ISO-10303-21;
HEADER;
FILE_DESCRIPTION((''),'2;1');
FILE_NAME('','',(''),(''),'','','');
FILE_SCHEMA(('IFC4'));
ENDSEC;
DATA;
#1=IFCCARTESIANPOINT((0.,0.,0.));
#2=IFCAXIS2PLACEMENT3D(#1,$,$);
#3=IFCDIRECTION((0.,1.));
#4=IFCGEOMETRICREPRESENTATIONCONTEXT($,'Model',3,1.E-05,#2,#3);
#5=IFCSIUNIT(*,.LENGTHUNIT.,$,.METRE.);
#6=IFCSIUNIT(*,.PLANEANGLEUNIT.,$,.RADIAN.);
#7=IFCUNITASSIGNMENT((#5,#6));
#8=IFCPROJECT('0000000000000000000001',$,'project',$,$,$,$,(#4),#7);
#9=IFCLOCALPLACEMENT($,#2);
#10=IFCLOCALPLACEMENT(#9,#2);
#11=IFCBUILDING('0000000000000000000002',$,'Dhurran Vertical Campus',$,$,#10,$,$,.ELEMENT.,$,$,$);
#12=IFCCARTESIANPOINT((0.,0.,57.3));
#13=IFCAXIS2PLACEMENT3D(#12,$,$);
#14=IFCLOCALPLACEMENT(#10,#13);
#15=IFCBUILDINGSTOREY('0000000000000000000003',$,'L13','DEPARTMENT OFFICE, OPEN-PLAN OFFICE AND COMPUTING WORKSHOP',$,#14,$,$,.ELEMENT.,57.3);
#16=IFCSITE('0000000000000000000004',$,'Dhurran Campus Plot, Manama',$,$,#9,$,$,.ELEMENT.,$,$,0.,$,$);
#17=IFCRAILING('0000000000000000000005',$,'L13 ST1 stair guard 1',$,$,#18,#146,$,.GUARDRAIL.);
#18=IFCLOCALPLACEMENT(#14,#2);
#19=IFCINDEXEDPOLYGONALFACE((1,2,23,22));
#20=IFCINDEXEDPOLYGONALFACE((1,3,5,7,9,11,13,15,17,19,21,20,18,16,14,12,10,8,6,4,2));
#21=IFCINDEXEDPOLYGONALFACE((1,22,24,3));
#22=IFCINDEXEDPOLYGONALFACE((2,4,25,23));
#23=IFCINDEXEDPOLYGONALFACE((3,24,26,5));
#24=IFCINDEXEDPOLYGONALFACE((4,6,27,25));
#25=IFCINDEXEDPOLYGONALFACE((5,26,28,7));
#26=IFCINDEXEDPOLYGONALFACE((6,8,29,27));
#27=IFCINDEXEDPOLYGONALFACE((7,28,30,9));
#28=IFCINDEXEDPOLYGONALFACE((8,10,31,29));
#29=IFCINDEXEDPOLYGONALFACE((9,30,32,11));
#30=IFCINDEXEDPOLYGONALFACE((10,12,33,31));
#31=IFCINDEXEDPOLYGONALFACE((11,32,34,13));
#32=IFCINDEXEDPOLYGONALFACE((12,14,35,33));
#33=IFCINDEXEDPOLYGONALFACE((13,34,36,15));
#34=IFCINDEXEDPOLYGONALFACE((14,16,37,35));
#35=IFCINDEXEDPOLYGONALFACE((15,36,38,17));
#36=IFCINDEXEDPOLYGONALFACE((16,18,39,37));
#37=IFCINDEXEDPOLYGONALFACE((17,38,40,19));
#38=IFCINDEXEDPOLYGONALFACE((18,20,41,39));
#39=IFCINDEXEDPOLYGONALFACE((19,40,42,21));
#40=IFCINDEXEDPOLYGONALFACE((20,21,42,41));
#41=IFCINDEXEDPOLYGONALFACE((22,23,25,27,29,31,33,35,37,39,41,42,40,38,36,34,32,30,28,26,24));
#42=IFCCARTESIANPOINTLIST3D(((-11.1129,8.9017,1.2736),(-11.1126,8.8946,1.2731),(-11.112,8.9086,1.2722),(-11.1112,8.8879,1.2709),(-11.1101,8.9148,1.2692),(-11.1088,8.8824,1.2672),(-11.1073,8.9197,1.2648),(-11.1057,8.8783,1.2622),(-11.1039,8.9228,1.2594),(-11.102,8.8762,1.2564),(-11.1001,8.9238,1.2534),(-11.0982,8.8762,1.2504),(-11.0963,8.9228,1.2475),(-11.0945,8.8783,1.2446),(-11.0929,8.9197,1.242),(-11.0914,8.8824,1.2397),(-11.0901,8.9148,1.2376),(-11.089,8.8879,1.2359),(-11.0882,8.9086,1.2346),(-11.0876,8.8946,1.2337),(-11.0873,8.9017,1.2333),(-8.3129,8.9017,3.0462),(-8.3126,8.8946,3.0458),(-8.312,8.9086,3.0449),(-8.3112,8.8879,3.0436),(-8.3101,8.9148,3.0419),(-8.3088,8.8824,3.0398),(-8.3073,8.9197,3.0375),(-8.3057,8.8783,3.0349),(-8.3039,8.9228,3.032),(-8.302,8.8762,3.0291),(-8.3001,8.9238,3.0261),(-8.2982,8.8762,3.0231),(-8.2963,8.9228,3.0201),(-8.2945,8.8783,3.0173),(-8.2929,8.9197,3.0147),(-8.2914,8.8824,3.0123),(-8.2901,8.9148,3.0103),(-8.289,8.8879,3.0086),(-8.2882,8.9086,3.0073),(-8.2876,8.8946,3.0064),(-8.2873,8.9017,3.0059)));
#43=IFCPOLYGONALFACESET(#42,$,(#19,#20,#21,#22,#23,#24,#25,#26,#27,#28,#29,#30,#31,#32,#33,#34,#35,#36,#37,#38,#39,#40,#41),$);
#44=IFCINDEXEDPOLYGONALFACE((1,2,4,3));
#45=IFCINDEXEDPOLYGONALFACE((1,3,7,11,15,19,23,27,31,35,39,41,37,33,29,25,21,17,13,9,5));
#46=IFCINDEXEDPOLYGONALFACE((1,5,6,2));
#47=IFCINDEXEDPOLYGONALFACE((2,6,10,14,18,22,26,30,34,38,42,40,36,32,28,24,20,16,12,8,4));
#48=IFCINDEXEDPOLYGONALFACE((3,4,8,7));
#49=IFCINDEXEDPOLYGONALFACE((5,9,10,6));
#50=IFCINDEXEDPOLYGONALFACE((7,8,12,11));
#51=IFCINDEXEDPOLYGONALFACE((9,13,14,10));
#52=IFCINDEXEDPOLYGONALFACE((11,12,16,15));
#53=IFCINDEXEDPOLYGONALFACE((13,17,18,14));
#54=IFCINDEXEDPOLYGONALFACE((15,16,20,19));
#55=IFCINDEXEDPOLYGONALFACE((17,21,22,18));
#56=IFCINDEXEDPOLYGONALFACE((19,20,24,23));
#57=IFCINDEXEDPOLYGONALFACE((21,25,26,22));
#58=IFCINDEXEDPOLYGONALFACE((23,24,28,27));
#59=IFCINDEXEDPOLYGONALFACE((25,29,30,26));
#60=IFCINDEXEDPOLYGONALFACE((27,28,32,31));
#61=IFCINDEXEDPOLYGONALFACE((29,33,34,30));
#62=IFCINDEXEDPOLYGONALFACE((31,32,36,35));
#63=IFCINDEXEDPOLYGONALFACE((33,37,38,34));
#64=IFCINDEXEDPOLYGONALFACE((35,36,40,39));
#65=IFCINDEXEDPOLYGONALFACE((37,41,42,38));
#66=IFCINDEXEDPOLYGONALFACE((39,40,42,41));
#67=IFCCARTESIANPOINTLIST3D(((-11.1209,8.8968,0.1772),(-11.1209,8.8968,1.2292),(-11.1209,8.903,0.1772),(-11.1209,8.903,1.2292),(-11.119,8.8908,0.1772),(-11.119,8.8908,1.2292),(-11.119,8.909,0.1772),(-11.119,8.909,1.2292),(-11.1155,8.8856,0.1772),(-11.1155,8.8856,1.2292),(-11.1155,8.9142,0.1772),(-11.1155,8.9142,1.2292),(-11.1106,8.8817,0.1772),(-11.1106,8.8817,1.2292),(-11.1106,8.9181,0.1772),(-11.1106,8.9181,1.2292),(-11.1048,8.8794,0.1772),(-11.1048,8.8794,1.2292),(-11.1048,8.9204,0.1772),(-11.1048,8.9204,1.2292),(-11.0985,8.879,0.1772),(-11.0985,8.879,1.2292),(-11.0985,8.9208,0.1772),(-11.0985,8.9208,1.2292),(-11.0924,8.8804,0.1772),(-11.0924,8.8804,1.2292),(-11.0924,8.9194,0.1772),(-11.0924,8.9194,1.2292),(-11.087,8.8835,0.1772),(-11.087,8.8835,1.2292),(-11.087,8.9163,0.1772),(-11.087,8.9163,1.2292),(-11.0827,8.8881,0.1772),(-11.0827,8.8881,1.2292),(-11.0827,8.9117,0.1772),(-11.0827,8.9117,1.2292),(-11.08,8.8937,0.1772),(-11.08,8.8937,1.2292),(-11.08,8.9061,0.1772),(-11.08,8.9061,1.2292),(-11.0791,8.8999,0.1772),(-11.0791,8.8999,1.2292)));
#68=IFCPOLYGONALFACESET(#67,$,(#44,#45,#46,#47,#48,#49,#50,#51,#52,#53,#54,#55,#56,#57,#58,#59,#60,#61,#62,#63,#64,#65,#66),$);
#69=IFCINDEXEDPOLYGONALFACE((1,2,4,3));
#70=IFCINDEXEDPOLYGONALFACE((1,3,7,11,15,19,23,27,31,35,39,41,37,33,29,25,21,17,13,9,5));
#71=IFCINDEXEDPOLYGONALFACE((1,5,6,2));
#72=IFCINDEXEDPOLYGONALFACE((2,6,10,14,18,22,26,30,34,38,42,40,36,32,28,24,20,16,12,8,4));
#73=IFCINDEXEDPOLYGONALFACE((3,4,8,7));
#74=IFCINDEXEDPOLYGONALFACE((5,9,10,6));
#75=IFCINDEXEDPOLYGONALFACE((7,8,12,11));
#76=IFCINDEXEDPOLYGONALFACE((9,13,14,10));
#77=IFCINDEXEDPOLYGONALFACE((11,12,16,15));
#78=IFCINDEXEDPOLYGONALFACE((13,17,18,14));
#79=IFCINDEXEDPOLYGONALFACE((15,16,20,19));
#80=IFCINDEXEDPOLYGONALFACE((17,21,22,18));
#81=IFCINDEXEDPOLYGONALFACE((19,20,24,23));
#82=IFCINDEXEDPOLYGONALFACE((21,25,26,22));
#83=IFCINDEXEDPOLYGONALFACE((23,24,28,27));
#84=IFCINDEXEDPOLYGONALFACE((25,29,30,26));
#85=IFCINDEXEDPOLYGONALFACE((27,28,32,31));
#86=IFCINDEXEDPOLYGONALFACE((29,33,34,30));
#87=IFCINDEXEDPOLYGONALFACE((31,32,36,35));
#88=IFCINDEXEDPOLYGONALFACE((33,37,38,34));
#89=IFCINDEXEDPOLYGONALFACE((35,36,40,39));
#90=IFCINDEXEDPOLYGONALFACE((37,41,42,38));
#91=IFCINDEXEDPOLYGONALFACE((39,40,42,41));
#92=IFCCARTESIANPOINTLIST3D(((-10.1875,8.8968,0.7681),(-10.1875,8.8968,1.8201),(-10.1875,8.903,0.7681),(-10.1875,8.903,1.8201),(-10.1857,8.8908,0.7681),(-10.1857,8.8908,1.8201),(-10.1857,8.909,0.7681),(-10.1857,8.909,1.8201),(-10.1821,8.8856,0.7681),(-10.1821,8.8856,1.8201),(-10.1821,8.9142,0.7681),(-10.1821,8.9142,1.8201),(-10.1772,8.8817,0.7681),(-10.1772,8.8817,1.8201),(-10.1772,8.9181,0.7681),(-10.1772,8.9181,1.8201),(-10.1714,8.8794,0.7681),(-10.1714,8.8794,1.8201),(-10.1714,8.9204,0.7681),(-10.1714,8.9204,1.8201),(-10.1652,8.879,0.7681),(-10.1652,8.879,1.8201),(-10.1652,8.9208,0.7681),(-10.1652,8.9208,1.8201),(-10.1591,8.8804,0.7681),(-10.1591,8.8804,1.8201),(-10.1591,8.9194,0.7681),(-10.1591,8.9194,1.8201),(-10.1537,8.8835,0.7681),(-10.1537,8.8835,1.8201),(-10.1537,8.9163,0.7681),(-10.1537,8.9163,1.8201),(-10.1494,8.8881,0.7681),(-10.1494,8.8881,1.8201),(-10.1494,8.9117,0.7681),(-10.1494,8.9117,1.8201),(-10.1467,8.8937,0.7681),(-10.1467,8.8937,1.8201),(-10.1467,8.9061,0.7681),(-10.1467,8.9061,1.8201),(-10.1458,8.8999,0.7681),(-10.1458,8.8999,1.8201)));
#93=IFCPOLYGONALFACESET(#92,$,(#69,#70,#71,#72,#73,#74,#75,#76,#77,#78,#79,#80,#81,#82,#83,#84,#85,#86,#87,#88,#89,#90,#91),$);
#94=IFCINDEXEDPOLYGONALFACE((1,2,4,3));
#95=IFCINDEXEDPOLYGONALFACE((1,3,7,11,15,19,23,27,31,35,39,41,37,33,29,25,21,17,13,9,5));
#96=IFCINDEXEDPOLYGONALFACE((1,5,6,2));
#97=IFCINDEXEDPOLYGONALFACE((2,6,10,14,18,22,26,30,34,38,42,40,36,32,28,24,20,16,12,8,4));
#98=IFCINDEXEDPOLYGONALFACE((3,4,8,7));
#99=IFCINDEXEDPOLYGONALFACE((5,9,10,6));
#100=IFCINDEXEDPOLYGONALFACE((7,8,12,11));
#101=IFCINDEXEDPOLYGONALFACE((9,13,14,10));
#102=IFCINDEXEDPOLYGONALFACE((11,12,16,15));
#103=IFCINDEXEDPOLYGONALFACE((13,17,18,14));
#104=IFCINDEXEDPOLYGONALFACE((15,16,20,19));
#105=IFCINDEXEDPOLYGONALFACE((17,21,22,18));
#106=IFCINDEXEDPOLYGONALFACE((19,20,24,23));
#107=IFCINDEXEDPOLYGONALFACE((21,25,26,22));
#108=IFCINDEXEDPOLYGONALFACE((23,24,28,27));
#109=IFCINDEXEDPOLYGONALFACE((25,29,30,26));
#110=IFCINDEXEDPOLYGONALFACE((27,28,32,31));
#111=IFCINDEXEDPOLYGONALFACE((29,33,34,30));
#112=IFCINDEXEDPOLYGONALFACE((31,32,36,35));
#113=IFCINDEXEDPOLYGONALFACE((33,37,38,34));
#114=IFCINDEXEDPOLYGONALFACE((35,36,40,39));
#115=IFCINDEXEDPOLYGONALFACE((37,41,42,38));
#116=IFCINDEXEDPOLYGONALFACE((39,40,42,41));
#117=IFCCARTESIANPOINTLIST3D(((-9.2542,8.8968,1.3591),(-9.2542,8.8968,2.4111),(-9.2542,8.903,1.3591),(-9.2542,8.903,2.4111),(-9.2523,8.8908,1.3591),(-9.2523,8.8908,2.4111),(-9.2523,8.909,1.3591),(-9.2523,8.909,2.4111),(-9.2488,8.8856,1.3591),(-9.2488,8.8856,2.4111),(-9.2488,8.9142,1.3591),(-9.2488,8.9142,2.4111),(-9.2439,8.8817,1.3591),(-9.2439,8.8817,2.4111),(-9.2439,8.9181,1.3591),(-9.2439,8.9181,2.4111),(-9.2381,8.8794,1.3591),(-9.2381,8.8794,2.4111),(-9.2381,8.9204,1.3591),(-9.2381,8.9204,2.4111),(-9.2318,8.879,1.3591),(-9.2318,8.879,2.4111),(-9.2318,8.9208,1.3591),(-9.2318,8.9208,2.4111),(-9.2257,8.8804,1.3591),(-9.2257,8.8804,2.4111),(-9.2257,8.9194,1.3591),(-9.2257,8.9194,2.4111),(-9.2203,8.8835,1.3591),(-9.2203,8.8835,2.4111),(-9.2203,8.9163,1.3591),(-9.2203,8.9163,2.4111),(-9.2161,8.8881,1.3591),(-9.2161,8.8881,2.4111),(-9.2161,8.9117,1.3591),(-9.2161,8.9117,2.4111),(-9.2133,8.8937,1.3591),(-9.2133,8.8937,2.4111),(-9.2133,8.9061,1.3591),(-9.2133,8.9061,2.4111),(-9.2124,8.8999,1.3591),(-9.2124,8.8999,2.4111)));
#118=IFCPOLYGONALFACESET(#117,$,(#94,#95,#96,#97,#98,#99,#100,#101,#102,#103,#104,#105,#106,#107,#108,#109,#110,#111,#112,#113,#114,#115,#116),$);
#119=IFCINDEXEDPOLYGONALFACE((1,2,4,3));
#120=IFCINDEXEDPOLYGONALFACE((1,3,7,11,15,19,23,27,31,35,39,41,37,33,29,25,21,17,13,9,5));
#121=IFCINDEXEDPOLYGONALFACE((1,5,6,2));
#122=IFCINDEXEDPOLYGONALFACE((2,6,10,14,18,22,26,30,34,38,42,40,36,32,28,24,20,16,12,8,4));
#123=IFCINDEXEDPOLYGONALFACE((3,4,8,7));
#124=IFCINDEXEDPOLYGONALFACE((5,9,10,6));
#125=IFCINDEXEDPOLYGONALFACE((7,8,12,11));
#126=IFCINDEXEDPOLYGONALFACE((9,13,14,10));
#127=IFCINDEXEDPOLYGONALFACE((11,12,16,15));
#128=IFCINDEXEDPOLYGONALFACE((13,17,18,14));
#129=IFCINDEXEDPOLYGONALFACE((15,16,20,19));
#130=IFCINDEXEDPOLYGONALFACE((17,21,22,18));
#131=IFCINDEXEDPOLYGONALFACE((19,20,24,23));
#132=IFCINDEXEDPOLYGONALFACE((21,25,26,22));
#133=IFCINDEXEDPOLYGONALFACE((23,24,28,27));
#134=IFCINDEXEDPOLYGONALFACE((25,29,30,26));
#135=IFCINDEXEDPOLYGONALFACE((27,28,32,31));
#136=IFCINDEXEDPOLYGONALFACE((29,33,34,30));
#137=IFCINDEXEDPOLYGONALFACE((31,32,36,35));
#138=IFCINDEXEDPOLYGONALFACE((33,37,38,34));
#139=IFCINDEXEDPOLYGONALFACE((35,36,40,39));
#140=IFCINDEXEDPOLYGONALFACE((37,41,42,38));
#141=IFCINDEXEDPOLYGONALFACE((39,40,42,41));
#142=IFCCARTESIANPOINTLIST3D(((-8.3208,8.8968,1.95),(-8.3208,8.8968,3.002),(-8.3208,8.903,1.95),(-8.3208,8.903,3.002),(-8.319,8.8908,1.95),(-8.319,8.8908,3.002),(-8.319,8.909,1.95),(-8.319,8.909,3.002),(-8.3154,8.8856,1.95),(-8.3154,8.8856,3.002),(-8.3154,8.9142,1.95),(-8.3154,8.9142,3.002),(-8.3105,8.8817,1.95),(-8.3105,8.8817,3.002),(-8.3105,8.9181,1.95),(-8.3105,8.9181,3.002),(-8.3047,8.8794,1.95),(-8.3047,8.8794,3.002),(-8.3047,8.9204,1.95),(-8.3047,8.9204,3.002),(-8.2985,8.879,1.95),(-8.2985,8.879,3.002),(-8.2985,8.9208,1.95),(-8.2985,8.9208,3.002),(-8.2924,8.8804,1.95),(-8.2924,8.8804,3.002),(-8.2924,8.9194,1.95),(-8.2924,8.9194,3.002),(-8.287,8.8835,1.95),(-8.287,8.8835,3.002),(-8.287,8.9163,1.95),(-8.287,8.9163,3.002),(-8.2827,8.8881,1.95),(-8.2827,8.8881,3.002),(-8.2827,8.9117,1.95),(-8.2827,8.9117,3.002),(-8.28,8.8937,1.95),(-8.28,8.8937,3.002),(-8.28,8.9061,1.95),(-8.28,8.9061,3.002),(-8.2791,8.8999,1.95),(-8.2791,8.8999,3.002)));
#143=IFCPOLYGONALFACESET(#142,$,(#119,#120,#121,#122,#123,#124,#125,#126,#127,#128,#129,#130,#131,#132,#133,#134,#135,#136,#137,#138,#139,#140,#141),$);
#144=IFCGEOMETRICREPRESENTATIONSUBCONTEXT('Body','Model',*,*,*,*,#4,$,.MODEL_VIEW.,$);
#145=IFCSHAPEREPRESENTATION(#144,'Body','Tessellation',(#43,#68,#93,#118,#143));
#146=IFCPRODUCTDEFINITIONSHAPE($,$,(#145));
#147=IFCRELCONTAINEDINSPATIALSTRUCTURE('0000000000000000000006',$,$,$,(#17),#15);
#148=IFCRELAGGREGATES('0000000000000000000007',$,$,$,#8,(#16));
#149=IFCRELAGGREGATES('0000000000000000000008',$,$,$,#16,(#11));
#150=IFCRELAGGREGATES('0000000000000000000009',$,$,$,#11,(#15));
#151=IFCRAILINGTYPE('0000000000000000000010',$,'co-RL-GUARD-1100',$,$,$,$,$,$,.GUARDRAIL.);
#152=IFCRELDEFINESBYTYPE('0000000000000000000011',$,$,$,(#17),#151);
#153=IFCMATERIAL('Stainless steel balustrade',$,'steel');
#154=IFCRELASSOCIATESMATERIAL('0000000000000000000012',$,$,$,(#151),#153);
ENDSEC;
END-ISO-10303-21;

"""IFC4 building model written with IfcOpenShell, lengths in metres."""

from ifc_helpers import new_model, si_unit, direction, frame, origin, origin_2d, place, context, subcontext, project, spatial, circle, extrude, material, type_object, element, save


model = new_model("IFC4")

# Units and contexts
model_context = context("Model", 3, precision=1e-05, world=origin(), true_north=direction((0.0, 1.0)))
body_context = subcontext(model_context, "Body", "Model", "MODEL_VIEW")
ifc_project = project(units=[si_unit("LENGTHUNIT", "METRE"), si_unit("PLANEANGLEUNIT", "RADIAN")], contexts=[model_context])

# Site, building, storey
site_placement = place(None, origin())
site = spatial("IfcSite", under=ifc_project, at=site_placement, Name="Dhurran Campus Plot, Manama", CompositionType="ELEMENT", RefElevation=0.0)
building_placement = place(site_placement, origin())
building = spatial("IfcBuilding", under=site, at=building_placement, Name="Dhurran Vertical Campus", CompositionType="ELEMENT")
storey_placement = place(building_placement, frame((0.0, 0.0, 57.3)))
storey = spatial("IfcBuildingStorey", under=building, at=storey_placement, Name="L13", Description="DEPARTMENT OFFICE, OPEN-PLAN OFFICE AND COMPUTING WORKSHOP", CompositionType="ELEMENT", Elevation=57.3)

# Railing
ifc_material_1 = material(Name="Stainless steel balustrade", Category="steel")
railing_type_1 = type_object("IfcRailingType", Name="co-RL-GUARD-1100", PredefinedType="GUARDRAIL", material=ifc_material_1)
railing_1_placement = place(storey_placement, frame((-11.1001, 8.8999, 0.1772)))
element("IfcRailing", 1, at=railing_1_placement, inside=storey, type_object=railing_type_1, Name="L13 ST1 stair guard 1", PredefinedType="GUARDRAIL", context=body_context, shape_type="SweptSolid", body=[
    extrude(circle(Radius=0.0239, at=origin_2d()), frame((0.0, 0.0, 1.0762), z_axis=(0.844909, 0.0, 0.53491), x_axis=(0.0, 1.0, 0.0)), (0.0, 0.0, 1.0), 3.314),
    extrude(circle(Radius=0.021, at=origin_2d()), origin(), (0.0, 0.0, 1.0), 1.052),
    extrude(circle(Radius=0.021, at=origin_2d()), frame((0.9333, 0.0, 0.5908)), (0.0, 0.0, 1.0), 1.052),
    extrude(circle(Radius=0.021, at=origin_2d()), frame((1.8667, 0.0, 1.1819)), (0.0, 0.0, 1.0), 1.052),
    extrude(circle(Radius=0.021, at=origin_2d()), frame((2.8, 0.0, 1.7727)), (0.0, 0.0, 1.0), 1.052),
])

save(model, "model.ifc")
